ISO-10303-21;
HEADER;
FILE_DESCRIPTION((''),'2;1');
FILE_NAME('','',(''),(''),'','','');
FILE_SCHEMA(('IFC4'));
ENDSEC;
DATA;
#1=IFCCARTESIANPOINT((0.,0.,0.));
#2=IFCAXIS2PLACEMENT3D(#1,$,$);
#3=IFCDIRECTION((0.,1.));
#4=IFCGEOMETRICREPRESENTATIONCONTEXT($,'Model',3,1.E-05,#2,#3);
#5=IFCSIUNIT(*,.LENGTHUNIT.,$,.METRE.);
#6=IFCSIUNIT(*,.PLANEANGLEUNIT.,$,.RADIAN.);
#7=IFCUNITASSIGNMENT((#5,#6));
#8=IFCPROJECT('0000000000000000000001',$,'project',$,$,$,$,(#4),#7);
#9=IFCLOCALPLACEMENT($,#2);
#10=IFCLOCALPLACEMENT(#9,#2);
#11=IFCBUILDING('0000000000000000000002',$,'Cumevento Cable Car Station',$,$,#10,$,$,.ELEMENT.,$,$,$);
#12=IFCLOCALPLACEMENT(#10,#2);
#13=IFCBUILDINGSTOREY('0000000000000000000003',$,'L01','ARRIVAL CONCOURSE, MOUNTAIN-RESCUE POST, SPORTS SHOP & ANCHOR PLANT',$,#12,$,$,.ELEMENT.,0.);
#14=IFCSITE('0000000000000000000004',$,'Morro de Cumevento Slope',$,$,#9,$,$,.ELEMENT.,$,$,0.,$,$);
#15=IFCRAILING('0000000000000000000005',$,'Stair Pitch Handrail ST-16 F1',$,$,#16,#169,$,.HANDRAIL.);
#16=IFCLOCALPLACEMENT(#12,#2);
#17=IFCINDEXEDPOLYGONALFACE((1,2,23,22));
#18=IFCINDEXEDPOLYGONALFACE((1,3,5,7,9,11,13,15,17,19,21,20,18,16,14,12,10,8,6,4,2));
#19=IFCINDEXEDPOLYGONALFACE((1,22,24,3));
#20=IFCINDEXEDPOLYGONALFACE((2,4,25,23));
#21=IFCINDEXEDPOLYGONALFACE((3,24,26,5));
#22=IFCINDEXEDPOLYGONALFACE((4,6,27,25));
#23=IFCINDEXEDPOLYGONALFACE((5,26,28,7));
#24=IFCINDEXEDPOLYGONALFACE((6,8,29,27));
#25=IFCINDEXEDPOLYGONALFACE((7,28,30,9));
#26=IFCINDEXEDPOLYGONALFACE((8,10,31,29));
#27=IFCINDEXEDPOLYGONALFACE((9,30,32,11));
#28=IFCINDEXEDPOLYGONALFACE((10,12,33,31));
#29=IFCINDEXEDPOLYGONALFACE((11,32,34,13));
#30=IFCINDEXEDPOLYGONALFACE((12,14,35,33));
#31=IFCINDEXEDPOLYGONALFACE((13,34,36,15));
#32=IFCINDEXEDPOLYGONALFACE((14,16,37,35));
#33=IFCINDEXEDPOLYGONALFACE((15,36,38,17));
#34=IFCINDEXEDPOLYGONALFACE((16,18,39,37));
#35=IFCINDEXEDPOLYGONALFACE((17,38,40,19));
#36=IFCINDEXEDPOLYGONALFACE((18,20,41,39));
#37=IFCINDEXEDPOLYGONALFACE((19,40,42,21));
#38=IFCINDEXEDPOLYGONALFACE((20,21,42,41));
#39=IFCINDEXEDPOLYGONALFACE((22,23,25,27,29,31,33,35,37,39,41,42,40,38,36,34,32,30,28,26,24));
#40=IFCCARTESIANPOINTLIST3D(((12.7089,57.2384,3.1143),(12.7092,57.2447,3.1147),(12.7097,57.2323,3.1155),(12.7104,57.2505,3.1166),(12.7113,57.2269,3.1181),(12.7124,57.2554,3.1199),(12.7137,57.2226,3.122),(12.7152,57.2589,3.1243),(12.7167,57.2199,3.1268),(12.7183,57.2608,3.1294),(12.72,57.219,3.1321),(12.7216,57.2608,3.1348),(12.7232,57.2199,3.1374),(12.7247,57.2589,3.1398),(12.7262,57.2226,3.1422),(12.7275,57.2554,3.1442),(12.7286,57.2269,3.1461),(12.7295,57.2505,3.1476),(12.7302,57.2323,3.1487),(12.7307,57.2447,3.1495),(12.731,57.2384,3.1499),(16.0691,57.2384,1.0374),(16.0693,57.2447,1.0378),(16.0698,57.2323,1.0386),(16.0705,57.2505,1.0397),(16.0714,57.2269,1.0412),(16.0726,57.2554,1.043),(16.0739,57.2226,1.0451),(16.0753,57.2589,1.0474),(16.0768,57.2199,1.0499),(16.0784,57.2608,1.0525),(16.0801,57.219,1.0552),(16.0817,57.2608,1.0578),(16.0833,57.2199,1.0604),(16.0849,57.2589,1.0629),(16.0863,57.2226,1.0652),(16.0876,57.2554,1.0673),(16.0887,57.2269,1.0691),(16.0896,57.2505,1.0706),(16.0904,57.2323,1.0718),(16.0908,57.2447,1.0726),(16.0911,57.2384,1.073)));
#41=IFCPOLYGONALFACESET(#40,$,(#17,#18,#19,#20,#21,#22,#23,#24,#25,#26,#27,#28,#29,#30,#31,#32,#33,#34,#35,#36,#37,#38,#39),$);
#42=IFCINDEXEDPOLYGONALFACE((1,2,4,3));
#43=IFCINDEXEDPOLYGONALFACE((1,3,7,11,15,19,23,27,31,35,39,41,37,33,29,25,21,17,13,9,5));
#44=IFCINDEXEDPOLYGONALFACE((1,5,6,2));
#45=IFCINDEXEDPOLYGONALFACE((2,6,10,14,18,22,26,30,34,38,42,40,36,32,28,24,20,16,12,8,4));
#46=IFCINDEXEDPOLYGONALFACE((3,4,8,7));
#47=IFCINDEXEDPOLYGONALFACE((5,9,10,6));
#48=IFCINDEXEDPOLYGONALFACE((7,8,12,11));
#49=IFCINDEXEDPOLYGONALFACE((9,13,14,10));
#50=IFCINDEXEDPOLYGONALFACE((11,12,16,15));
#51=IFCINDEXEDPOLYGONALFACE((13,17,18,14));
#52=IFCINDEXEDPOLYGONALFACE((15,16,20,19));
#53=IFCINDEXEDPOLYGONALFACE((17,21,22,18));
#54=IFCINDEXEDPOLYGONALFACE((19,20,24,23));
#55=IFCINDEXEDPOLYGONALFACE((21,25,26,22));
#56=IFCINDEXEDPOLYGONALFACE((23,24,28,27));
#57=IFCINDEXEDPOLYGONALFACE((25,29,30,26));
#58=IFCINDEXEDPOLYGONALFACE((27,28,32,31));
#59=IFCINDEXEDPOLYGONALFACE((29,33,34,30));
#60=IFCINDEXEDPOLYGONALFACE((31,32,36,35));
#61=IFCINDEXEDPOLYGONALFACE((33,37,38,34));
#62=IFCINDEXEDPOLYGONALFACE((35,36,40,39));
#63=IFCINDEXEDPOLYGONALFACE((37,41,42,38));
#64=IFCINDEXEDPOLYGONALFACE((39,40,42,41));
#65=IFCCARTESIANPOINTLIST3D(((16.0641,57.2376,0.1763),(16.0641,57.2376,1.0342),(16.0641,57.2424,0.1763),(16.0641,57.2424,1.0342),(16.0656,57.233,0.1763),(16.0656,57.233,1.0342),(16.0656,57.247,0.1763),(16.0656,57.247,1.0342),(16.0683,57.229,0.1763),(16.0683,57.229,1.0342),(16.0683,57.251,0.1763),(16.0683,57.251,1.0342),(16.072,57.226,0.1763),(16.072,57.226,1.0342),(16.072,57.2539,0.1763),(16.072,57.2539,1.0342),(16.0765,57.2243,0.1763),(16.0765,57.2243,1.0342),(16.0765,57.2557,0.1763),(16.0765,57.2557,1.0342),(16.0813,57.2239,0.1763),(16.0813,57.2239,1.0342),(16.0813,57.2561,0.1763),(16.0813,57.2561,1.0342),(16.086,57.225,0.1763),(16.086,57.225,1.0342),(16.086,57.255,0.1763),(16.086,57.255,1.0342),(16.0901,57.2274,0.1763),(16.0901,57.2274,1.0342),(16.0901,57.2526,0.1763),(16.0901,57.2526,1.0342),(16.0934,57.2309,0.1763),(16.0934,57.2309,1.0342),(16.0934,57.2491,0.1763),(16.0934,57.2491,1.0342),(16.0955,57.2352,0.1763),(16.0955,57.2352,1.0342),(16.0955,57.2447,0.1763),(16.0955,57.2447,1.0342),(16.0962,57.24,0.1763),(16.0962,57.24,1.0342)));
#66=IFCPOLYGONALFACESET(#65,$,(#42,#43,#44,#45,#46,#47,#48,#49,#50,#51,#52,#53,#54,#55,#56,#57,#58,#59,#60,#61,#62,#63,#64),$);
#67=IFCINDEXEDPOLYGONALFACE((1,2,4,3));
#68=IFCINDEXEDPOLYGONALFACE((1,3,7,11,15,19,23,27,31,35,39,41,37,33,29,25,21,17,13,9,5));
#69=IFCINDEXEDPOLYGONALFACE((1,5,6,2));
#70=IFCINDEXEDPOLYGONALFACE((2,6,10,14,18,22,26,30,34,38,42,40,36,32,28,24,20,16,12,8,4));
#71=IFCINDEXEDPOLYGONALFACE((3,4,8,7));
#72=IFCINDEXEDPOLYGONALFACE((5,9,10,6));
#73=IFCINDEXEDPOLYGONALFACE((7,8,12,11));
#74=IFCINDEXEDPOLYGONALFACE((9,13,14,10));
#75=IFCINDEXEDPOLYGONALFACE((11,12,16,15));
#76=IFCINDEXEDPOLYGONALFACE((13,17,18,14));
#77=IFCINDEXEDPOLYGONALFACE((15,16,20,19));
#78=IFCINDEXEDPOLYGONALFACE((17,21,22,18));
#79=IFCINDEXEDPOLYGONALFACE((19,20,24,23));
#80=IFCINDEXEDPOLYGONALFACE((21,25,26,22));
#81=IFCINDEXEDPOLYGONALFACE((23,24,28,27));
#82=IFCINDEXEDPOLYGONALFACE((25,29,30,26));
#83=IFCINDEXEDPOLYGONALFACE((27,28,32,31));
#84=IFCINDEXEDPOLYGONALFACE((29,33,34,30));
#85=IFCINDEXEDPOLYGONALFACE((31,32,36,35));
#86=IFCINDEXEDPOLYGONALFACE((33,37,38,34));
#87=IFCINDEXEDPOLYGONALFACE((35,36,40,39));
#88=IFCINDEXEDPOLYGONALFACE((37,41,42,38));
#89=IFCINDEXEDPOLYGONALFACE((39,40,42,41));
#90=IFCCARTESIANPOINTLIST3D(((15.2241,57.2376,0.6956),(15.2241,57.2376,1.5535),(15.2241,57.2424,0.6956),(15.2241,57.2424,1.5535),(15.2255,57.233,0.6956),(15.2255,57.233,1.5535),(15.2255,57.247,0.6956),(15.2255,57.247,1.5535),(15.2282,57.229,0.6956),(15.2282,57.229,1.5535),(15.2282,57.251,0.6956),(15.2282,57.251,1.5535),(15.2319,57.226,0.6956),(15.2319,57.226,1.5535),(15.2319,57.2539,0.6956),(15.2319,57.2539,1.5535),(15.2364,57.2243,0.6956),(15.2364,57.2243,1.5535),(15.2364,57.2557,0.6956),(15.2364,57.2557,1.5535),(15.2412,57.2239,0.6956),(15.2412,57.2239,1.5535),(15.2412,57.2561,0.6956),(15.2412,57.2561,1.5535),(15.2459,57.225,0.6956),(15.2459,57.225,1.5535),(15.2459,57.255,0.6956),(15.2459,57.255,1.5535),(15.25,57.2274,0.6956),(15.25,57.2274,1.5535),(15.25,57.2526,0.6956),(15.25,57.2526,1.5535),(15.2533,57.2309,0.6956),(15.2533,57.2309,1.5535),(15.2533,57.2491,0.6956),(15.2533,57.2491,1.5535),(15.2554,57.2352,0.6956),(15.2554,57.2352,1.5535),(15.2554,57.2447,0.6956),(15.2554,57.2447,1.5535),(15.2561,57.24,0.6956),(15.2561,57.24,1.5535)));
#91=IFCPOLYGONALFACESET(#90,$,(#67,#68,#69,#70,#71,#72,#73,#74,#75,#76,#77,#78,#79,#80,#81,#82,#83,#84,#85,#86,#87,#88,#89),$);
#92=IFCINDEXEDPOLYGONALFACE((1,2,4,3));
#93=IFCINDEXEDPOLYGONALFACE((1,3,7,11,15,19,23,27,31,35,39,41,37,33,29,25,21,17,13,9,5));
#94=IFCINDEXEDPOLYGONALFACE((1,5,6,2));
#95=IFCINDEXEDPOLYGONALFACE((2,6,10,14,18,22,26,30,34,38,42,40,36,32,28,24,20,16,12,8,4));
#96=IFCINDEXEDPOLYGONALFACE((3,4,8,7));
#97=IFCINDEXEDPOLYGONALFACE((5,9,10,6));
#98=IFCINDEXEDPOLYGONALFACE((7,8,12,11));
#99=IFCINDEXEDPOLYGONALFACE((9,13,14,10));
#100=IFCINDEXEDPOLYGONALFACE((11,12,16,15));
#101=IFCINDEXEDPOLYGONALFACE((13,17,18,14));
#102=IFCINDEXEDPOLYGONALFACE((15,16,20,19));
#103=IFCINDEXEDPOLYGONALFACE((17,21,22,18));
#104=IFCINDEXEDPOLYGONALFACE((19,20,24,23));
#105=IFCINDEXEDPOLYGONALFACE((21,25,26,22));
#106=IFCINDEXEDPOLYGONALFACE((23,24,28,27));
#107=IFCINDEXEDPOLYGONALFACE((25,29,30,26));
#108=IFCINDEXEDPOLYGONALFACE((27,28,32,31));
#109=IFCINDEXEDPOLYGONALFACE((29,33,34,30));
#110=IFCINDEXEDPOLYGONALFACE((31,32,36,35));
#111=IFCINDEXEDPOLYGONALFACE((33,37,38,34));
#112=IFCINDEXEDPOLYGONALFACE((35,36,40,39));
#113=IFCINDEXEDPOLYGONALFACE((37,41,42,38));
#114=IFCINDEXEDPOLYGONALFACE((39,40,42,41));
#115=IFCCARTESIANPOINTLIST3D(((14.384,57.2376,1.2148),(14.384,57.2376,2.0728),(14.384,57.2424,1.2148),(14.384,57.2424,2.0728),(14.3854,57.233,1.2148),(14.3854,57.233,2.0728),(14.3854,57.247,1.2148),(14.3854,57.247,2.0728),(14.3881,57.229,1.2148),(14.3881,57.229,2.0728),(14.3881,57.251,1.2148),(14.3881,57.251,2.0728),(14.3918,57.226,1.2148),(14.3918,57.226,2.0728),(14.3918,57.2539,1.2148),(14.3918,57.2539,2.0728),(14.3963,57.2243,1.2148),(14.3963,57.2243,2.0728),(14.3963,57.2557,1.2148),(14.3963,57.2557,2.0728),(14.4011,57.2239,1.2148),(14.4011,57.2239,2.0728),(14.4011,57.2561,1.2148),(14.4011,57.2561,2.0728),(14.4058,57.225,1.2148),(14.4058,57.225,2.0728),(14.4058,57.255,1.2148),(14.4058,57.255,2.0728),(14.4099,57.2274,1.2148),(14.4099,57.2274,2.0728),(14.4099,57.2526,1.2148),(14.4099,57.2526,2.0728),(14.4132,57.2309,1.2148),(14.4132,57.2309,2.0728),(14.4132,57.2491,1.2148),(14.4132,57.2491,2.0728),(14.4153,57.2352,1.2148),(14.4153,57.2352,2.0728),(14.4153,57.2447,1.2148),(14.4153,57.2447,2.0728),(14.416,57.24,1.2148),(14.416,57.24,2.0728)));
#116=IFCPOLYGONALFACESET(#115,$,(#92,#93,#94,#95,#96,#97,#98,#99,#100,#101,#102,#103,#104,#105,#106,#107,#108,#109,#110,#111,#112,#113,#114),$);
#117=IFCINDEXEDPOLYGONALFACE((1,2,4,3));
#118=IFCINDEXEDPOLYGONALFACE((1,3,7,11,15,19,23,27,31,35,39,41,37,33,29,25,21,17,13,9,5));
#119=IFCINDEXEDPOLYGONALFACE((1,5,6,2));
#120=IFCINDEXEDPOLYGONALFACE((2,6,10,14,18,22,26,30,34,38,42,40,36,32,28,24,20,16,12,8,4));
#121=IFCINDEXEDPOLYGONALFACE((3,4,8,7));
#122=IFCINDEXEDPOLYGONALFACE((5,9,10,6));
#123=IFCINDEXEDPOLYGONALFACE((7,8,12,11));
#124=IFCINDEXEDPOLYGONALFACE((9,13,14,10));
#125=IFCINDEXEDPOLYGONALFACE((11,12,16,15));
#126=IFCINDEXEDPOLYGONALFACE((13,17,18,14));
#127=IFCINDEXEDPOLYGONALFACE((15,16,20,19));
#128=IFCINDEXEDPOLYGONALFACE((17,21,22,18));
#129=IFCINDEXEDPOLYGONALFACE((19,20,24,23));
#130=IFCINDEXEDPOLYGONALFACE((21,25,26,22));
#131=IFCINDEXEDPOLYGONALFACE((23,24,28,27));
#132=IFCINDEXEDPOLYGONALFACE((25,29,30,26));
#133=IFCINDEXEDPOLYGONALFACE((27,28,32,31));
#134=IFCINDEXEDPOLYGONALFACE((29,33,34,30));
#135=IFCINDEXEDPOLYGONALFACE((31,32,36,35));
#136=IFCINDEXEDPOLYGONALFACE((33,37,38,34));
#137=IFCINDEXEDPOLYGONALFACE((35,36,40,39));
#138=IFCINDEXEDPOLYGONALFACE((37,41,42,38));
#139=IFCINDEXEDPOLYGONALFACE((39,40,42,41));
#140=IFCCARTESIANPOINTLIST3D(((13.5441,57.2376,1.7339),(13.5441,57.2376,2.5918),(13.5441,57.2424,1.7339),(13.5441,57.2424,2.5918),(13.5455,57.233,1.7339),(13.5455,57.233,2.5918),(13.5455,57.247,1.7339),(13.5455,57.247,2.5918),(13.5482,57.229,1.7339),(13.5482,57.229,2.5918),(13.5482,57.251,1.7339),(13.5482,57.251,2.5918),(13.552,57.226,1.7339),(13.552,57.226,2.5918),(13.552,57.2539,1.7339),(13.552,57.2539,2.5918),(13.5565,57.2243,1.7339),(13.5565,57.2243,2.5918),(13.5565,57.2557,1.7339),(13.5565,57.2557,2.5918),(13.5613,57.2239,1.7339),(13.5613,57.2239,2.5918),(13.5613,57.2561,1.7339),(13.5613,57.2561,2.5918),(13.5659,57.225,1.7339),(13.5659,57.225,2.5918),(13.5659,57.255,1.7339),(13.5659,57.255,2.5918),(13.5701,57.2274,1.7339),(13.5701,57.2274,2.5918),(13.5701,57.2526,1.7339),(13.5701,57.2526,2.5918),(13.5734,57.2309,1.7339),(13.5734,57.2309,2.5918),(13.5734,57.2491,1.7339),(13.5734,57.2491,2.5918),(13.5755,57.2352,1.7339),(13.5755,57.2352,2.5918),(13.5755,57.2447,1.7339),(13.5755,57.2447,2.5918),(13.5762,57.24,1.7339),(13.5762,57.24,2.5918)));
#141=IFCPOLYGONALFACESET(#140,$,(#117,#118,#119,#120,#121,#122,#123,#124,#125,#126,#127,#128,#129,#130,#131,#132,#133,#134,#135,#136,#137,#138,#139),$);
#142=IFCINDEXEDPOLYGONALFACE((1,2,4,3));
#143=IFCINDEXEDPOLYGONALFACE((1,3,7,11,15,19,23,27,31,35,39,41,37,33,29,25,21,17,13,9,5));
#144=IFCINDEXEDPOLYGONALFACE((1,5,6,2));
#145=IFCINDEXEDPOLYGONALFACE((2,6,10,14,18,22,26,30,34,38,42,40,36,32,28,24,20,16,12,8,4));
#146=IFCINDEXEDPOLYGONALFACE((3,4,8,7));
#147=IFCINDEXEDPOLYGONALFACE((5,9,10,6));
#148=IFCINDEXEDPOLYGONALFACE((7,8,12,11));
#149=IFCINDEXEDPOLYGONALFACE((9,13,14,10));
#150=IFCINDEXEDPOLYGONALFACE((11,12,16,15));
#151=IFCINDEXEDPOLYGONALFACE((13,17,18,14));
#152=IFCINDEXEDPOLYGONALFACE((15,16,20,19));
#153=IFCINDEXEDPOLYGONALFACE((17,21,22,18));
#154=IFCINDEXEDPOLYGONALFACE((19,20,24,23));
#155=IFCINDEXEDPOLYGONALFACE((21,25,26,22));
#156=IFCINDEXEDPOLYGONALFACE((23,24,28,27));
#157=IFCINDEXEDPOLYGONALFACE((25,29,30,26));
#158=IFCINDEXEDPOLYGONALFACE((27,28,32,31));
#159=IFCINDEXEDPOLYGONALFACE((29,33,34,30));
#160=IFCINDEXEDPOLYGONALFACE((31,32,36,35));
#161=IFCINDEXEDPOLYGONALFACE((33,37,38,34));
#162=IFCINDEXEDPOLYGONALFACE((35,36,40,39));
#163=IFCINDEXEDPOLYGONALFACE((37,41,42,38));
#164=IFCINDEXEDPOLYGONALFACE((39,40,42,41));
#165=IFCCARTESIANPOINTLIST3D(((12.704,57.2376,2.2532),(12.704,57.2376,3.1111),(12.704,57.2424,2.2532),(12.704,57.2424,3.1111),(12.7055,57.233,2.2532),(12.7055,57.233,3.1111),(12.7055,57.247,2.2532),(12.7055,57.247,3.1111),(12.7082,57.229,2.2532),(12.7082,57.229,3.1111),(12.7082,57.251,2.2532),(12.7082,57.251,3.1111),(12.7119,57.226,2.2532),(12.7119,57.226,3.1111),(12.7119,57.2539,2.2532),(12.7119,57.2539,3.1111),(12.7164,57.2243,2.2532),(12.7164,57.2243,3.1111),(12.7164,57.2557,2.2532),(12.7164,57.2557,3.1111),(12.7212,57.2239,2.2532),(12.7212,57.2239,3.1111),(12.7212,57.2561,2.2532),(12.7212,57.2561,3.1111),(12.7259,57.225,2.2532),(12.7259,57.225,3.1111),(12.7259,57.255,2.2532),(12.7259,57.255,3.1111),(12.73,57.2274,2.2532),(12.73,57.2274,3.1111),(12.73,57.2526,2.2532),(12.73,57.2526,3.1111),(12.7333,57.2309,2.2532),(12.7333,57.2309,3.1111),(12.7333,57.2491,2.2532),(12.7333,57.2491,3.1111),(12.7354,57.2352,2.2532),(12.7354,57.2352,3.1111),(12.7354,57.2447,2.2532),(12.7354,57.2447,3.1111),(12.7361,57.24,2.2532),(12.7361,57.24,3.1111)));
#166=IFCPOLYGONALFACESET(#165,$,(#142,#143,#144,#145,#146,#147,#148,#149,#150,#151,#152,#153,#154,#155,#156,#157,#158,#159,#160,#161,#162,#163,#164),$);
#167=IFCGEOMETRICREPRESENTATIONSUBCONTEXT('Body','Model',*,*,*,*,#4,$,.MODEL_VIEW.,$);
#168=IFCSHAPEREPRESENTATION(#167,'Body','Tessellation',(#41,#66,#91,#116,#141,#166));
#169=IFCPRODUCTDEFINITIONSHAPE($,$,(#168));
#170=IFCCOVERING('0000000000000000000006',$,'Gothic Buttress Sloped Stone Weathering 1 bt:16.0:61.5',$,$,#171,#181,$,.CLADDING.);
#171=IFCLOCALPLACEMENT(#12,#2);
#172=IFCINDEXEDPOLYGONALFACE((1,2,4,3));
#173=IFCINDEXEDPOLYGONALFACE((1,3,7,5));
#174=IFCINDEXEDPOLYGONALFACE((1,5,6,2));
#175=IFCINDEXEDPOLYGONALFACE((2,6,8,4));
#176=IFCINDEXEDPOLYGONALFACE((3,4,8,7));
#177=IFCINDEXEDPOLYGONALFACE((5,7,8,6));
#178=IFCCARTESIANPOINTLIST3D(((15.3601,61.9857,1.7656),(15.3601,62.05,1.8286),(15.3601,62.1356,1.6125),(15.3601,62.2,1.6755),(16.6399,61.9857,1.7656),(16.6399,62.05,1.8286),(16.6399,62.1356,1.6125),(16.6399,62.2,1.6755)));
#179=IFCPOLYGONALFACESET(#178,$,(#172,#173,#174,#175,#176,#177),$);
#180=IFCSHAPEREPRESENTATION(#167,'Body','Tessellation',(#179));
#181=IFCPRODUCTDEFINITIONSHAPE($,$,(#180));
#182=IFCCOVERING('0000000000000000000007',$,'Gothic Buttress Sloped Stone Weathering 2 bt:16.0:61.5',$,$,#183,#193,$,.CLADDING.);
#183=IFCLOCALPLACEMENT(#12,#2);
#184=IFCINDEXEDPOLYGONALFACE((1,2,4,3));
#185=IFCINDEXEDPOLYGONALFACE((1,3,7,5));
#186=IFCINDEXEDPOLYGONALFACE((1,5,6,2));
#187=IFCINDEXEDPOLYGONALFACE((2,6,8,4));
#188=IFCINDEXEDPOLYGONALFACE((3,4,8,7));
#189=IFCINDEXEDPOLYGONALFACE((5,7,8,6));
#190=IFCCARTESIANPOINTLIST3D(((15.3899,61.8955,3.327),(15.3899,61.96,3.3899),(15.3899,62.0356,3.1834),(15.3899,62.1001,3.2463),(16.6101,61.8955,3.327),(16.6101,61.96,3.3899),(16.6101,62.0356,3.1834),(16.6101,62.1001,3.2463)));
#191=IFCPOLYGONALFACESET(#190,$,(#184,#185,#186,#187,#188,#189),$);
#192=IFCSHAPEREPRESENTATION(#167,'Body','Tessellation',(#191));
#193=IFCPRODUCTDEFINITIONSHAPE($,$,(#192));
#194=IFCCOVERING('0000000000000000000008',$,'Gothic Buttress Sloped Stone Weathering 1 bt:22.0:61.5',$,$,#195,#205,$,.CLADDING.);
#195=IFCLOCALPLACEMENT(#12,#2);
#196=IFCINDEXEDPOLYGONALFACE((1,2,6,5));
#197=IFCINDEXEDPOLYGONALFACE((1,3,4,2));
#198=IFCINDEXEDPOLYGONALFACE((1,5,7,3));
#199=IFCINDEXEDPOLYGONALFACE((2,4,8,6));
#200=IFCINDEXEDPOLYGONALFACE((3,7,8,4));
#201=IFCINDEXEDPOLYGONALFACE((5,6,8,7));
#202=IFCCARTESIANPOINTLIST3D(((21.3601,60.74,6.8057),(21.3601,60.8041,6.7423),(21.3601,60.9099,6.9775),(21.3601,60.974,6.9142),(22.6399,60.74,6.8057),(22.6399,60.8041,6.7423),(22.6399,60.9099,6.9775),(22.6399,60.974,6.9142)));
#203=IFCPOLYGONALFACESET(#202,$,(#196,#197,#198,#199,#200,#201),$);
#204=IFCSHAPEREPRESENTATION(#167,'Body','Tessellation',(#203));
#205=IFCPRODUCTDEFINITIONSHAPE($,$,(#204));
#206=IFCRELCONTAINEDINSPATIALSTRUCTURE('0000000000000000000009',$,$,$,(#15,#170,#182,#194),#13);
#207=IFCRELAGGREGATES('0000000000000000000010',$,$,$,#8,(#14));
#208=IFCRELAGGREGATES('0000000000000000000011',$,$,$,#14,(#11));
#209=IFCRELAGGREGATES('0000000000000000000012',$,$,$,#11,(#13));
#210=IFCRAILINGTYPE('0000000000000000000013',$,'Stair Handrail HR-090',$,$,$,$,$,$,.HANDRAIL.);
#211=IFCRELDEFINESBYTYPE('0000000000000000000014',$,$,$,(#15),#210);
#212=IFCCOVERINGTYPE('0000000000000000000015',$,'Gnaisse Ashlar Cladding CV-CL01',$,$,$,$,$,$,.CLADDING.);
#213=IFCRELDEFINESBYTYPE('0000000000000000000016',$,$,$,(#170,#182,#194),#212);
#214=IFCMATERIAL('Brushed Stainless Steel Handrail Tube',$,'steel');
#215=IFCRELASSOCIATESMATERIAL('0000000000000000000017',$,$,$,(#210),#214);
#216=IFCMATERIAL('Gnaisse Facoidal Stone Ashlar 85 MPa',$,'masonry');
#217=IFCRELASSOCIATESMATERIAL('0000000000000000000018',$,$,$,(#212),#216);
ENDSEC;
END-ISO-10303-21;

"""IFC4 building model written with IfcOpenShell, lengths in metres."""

from ifc_helpers import new_model, si_unit, direction, frame, origin, origin_2d, place, context, subcontext, project, spatial, polyline, circle, outline, extrude, material, type_object, element, save


model = new_model("IFC4")

# Units and contexts
model_context = context("Model", 3, precision=1e-05, world=origin(), true_north=direction((0.0, 1.0)))
body_context = subcontext(model_context, "Body", "Model", "MODEL_VIEW")
ifc_project = project(units=[si_unit("LENGTHUNIT", "METRE"), si_unit("PLANEANGLEUNIT", "RADIAN")], contexts=[model_context])

# Site, building, storey
site_placement = place(None, origin())
site = spatial("IfcSite", under=ifc_project, at=site_placement, Name="Morro de Cumevento Slope", CompositionType="ELEMENT", RefElevation=0.0)
building_placement = place(site_placement, origin())
building = spatial("IfcBuilding", under=site, at=building_placement, Name="Cumevento Cable Car Station", CompositionType="ELEMENT")
storey_placement = place(building_placement, origin())
storey = spatial("IfcBuildingStorey", under=building, at=storey_placement, Name="L01", Description="ARRIVAL CONCOURSE, MOUNTAIN-RESCUE POST, SPORTS SHOP & ANCHOR PLANT", CompositionType="ELEMENT", Elevation=0.0)

# Railing
ifc_material_1 = material(Name="Brushed Stainless Steel Handrail Tube", Category="steel")
railing_type_1 = type_object("IfcRailingType", Name="Stair Handrail HR-090", PredefinedType="HANDRAIL", material=ifc_material_1)
railing_1_placement = place(storey_placement, frame((16.0801, 57.24, 0.1763)))
element("IfcRailing", 1, at=railing_1_placement, inside=storey, type_object=railing_type_1, Name="Stair Pitch Handrail ST-16 F1", PredefinedType="HANDRAIL", context=body_context, shape_type="SweptSolid", body=[
    extrude(circle(Radius=0.021, at=origin_2d()), frame((0.0, 0.0, 0.8789), z_axis=(-0.850623, 0.0, 0.525776), x_axis=(0.0, -1.0, 0.0)), (0.0, 0.0, 1.0), 3.9502),
    extrude(circle(Radius=0.0161, at=origin_2d()), origin(), (0.0, 0.0, 1.0), 0.8579),
    extrude(circle(Radius=0.0161, at=origin_2d()), frame((-0.8401, 0.0, 0.5193)), (0.0, 0.0, 1.0), 0.8579),
    extrude(circle(Radius=0.0161, at=origin_2d()), frame((-1.6802, 0.0, 1.0386)), (0.0, 0.0, 1.0), 0.8579),
    extrude(circle(Radius=0.0161, at=origin_2d()), frame((-2.52, 0.0, 1.5576)), (0.0, 0.0, 1.0), 0.8579),
    extrude(circle(Radius=0.0161, at=origin_2d()), frame((-3.3601, 0.0, 2.0769)), (0.0, 0.0, 1.0), 0.8579),
])

# Coverings
ifc_material_2 = material(Name="Gnaisse Facoidal Stone Ashlar 85 MPa", Category="masonry")
covering_type = type_object("IfcCoveringType", Name="Gnaisse Ashlar Cladding CV-CL01", PredefinedType="CLADDING", material=ifc_material_2)
covering_1_placement = place(storey_placement, frame((16.6399, 62.2, 1.6755), z_axis=(0.0, 0.714475, 0.699661), x_axis=(-1.0, 0.0, 0.0)))
element("IfcCovering", 2, at=covering_1_placement, inside=storey, type_object=covering_type, Name="Gothic Buttress Sloped Stone Weathering 1 bt:16.0:61.5", PredefinedType="CLADDING", context=body_context, shape_type="SweptSolid", body=[
    extrude(outline(polyline([(0.0, 0.0), (1.2798, 0.0), (1.2798, 0.2142), (0.0, 0.2142), (0.0, 0.0)])), origin(), (0.0, 0.0, -1.0), 0.0901),
])
covering_2_placement = place(storey_placement, frame((16.6101, 62.1001, 3.2463), z_axis=(0.0, 0.715574, 0.698537), x_axis=(-1.0, 0.0, 0.0)))
element("IfcCovering", 3, at=covering_2_placement, inside=storey, type_object=covering_type, Name="Gothic Buttress Sloped Stone Weathering 2 bt:16.0:61.5", PredefinedType="CLADDING", context=body_context, shape_type="SweptSolid", body=[
    extrude(outline(polyline([(0.0, 0.0), (1.2202, 0.0), (1.2202, 0.2006), (0.0, 0.2006), (0.0, 0.0)])), origin(), (0.0, 0.0, -1.0), 0.0901),
])
covering_3_placement = place(storey_placement, frame((21.3601, 60.74, 6.8057), z_axis=(0.0, -0.711136, 0.703055), x_axis=(1.0, 0.0, 0.0)))
element("IfcCovering", 4, at=covering_3_placement, inside=storey, type_object=covering_type, Name="Gothic Buttress Sloped Stone Weathering 1 bt:22.0:61.5", PredefinedType="CLADDING", context=body_context, shape_type="SweptSolid", body=[
    extrude(outline(polyline([(0.0, 0.0), (1.2798, 0.0), (1.2798, 0.2417), (0.0, 0.2417), (0.0, 0.0)])), origin(), (0.0, 0.0, -1.0), 0.0901),
])

save(model, "model.ifc")
